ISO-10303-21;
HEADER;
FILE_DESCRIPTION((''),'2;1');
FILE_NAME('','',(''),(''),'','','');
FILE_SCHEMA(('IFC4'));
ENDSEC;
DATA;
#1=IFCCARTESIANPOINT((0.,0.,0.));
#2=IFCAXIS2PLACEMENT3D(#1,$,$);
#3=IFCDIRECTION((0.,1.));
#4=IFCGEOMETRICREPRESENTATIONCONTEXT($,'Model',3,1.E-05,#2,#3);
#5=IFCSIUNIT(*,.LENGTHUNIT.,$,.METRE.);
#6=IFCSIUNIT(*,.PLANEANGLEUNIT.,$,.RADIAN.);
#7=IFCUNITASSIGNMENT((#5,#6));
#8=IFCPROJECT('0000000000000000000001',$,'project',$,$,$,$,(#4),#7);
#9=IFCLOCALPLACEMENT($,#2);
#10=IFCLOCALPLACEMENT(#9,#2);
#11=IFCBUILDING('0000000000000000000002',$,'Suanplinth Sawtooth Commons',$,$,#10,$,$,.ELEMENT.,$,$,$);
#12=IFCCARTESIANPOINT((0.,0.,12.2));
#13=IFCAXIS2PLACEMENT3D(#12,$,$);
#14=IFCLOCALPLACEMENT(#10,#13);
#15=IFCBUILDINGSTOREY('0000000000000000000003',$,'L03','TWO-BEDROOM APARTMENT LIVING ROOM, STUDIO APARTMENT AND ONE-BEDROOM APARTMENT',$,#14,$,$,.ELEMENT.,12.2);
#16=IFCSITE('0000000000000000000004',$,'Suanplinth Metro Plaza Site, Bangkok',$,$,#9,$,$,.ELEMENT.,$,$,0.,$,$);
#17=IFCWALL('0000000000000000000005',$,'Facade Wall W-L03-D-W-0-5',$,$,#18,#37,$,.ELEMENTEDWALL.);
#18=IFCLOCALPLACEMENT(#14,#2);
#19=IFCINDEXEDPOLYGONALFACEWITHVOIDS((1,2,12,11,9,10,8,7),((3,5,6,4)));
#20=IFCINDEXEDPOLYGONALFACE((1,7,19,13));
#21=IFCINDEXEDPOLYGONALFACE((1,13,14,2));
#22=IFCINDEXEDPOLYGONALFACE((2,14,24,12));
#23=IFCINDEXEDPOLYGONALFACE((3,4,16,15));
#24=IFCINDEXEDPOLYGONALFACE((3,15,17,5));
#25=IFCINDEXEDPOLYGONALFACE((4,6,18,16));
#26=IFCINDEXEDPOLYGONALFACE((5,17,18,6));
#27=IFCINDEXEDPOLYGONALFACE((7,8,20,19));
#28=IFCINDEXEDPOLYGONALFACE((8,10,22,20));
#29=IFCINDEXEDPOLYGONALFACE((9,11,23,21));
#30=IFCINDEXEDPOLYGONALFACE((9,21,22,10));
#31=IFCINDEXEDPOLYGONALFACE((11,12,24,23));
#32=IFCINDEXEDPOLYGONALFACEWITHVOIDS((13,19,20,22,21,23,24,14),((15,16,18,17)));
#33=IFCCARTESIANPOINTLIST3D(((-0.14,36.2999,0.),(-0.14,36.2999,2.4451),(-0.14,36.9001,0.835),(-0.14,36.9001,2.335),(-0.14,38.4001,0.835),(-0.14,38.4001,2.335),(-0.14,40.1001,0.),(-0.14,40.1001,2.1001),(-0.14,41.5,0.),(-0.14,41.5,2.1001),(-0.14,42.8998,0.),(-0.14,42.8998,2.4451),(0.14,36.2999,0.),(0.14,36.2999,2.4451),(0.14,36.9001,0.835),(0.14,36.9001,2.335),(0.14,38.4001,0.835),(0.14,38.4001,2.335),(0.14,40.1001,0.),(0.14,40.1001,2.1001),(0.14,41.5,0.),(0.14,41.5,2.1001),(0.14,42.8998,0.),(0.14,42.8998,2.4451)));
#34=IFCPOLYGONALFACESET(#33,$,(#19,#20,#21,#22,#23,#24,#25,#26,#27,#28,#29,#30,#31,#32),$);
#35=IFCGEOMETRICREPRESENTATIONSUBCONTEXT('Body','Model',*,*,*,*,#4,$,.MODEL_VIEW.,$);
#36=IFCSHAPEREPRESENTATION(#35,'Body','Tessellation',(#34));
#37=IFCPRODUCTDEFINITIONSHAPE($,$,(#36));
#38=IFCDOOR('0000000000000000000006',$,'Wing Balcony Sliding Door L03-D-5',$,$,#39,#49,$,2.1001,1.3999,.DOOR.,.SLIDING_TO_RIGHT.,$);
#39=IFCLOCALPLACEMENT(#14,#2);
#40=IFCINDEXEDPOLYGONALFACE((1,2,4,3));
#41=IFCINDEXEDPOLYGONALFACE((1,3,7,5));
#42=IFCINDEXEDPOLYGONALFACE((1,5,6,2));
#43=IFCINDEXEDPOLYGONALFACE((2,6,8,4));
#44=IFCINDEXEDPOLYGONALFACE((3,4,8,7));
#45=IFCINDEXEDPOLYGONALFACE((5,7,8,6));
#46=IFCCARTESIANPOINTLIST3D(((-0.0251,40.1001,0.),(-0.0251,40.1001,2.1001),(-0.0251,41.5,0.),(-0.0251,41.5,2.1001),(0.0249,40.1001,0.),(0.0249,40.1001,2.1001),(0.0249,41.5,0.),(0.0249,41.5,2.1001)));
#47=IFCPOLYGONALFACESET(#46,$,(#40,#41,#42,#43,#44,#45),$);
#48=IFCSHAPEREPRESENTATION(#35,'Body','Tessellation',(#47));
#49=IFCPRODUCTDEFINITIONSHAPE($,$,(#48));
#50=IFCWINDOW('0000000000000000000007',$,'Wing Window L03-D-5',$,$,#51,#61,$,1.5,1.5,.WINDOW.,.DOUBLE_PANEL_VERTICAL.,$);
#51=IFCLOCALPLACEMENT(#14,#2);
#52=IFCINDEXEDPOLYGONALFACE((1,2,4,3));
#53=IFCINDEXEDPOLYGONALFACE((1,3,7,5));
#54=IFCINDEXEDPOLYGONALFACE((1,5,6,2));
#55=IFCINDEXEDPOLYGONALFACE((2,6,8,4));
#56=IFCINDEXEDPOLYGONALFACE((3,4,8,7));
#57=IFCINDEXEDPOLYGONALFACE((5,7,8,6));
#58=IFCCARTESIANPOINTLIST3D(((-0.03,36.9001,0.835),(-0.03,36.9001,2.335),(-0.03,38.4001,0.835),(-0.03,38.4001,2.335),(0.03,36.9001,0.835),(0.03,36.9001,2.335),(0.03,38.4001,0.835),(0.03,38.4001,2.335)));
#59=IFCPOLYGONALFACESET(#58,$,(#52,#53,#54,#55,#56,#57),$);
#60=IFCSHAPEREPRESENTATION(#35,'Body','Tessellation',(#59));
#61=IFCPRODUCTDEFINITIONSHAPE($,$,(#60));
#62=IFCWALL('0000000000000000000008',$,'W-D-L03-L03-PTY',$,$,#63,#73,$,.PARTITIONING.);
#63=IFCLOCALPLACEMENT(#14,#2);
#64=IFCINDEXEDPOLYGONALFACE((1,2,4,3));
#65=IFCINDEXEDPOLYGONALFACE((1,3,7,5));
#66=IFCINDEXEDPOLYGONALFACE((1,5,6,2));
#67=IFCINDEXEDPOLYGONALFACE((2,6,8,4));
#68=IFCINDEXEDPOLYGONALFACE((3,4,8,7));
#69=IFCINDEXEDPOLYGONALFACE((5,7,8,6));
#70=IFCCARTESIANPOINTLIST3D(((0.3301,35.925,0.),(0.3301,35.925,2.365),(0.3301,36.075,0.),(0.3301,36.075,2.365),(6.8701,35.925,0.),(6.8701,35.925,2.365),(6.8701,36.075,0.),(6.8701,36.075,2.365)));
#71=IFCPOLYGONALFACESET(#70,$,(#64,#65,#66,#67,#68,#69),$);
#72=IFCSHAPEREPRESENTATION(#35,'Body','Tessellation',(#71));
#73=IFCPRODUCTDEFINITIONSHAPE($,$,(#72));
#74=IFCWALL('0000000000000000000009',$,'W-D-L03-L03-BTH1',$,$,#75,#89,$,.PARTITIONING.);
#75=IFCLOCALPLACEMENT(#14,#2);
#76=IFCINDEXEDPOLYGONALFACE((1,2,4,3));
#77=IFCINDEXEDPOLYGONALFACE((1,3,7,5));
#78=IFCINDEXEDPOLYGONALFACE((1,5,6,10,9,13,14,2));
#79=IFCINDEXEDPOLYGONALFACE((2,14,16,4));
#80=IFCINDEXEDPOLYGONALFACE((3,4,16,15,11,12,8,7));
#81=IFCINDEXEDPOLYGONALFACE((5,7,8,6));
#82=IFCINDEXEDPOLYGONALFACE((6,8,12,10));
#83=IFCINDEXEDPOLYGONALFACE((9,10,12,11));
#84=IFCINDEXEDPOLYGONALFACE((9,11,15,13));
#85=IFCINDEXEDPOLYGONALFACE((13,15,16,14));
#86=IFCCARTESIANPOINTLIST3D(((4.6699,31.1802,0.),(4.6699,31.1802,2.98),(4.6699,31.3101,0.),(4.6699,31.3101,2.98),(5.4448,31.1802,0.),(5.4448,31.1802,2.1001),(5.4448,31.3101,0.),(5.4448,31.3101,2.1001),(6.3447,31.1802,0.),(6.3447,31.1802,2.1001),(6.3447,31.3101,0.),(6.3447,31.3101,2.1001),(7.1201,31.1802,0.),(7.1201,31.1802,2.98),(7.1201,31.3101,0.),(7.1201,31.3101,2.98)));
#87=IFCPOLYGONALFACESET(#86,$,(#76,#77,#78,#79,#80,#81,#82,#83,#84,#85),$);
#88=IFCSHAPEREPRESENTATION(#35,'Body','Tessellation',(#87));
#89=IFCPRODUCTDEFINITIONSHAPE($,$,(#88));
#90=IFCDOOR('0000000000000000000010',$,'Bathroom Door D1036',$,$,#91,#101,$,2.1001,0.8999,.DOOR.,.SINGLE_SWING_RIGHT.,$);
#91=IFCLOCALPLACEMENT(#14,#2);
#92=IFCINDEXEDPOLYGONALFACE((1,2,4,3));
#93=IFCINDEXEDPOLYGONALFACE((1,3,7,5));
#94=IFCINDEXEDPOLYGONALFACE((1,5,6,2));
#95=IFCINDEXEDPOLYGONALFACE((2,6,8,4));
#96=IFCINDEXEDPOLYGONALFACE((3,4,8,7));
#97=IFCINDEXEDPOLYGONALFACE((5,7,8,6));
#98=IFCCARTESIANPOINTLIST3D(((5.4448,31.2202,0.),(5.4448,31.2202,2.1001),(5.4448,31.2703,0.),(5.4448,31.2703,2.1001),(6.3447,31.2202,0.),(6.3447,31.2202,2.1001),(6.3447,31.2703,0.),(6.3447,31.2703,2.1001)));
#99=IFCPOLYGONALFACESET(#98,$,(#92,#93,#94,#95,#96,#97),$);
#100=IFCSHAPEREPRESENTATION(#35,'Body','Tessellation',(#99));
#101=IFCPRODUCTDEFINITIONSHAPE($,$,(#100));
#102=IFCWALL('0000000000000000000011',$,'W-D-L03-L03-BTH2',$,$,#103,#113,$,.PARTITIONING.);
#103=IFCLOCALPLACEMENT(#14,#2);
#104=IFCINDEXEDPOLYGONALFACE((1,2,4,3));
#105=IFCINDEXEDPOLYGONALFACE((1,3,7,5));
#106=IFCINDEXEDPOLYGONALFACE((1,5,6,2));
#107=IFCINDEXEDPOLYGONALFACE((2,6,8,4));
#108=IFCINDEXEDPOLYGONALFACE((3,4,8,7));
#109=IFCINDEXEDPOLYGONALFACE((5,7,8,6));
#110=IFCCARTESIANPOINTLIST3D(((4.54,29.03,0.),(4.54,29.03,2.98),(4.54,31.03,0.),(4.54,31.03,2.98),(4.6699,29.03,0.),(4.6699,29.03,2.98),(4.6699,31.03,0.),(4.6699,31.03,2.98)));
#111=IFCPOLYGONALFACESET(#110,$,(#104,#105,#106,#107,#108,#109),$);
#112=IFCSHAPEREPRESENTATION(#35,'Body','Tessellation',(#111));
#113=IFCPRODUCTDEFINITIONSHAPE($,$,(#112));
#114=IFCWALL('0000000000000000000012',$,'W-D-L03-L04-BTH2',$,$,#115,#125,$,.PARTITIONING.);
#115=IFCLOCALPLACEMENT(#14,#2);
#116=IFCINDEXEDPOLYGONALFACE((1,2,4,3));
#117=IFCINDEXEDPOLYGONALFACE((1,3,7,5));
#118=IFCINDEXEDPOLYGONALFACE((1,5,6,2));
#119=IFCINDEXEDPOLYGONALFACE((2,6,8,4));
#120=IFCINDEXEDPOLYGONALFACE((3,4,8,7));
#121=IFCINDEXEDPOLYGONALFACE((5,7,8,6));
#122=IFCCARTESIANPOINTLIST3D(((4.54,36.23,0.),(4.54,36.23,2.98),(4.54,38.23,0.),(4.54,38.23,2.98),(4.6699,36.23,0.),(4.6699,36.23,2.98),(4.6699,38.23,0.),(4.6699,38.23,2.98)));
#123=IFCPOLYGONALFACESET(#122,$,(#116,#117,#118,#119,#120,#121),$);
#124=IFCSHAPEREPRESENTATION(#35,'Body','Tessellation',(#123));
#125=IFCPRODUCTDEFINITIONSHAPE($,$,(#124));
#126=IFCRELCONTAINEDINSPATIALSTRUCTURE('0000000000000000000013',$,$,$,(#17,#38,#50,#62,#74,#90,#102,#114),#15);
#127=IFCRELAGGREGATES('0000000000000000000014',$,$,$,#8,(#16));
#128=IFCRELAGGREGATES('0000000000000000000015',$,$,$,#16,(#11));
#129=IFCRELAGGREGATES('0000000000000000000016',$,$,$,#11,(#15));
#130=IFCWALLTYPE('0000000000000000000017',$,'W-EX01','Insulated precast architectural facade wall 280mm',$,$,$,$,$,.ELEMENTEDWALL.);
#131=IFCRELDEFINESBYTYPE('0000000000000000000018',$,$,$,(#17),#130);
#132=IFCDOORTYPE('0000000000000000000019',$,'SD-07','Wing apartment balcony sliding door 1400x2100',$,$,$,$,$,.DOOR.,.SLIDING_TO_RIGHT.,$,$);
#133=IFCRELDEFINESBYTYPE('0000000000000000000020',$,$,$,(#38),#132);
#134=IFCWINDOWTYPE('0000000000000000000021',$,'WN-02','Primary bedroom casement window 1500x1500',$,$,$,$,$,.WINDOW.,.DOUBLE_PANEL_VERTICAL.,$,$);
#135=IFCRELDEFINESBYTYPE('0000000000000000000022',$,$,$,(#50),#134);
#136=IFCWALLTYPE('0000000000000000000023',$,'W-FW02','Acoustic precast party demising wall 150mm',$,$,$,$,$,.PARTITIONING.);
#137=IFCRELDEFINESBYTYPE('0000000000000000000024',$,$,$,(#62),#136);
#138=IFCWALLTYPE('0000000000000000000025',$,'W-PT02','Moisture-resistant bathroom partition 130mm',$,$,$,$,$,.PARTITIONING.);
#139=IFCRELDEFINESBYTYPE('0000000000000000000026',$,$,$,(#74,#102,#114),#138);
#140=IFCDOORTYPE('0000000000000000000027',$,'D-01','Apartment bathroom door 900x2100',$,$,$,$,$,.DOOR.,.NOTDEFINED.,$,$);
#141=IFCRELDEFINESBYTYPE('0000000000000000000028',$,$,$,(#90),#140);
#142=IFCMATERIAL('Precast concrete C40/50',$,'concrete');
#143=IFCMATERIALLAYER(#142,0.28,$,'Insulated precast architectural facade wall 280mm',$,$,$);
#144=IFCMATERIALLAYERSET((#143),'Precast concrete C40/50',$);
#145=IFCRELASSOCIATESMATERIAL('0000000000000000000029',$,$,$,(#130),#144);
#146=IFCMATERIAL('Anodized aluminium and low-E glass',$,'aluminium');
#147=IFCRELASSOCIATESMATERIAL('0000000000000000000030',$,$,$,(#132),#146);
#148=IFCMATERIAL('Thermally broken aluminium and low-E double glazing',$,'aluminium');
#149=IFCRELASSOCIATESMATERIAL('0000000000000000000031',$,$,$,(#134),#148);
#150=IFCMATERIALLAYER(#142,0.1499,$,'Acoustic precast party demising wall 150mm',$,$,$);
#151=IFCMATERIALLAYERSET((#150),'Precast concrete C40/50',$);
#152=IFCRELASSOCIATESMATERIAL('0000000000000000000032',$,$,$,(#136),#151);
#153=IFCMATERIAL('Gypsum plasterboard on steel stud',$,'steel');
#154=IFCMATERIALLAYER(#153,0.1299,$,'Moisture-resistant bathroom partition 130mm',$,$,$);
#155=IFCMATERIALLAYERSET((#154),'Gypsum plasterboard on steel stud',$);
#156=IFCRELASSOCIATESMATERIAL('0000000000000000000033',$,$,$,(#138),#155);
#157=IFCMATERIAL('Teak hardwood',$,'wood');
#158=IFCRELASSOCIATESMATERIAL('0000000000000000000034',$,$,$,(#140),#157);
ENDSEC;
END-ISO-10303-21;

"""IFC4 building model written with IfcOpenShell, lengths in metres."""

from ifc_helpers import new_model, si_unit, direction, frame, frame_2d, origin, place, context, subcontext, project, spatial, rectangle, extrude, material, layer, layer_set, type_object, element, fill, save


model = new_model("IFC4")

# Units and contexts
model_context = context("Model", 3, precision=1e-05, world=origin(), true_north=direction((0.0, 1.0)))
body_context = subcontext(model_context, "Body", "Model", "MODEL_VIEW")
ifc_project = project(units=[si_unit("LENGTHUNIT", "METRE"), si_unit("PLANEANGLEUNIT", "RADIAN")], contexts=[model_context])

# Site, building, storey
site_placement = place(None, origin())
site = spatial("IfcSite", under=ifc_project, at=site_placement, Name="Suanplinth Metro Plaza Site, Bangkok", CompositionType="ELEMENT", RefElevation=0.0)
building_placement = place(site_placement, origin())
building = spatial("IfcBuilding", under=site, at=building_placement, Name="Suanplinth Sawtooth Commons", CompositionType="ELEMENT")
storey_placement = place(building_placement, frame((0.0, 0.0, 12.2)))
storey = spatial("IfcBuildingStorey", under=building, at=storey_placement, Name="L03", Description="TWO-BEDROOM APARTMENT LIVING ROOM, STUDIO APARTMENT AND ONE-BEDROOM APARTMENT", CompositionType="ELEMENT", Elevation=12.2)

# Shared definitions
ifc_material_1 = material(Name="Precast concrete C40/50", Category="concrete")

# Wall, openings, door, window
ifc_layer_1 = layer(ifc_material_1, 0.28, Name="Insulated precast architectural facade wall 280mm")
ifc_layer_set_1 = layer_set([ifc_layer_1], Name="Precast concrete C40/50")
wall_type_1 = type_object("IfcWallType", Name="W-EX01", Description="Insulated precast architectural facade wall 280mm", PredefinedType="ELEMENTEDWALL", material=ifc_layer_set_1)
ifc_material_2 = material(Name="Anodized aluminium and low-E glass", Category="aluminium")
door_type_1 = type_object("IfcDoorType", Name="SD-07", Description="Wing apartment balcony sliding door 1400x2100", OperationType="SLIDING_TO_RIGHT", PredefinedType="DOOR", material=ifc_material_2)
ifc_material_3 = material(Name="Thermally broken aluminium and low-E double glazing", Category="aluminium")
window_type = type_object("IfcWindowType", Name="WN-02", Description="Primary bedroom casement window 1500x1500", PartitioningType="DOUBLE_PANEL_VERTICAL", PredefinedType="WINDOW", material=ifc_material_3)
wall_1_placement = place(storey_placement, frame((0.0, 36.3, 0.0), z_axis=(0.0, 0.0, 1.0), x_axis=(0.0, 1.0, 0.0)))
wall_1 = element("IfcWall", 1, at=wall_1_placement, inside=storey, type_object=wall_type_1, Name="Facade Wall W-L03-D-W-0-5", PredefinedType="ELEMENTEDWALL", context=body_context, shape_type="SweptSolid", body=[
    extrude(rectangle(XDim=6.5999, YDim=0.28, at=frame_2d((3.2998, 0.0))), origin(), (0.0, 0.0, 1.0), 2.4451),
])
opening_1_placement = place(wall_1_placement, frame((3.8, 0.0, 0.0)))
opening_1 = element("IfcOpeningElement", 2, at=opening_1_placement, cuts=wall_1, PredefinedType="OPENING", context=body_context, shape_type="SweptSolid", body=[
    extrude(rectangle(XDim=1.3999, YDim=2.1001, at=frame_2d((0.7, 1.05))), frame((0.0, 0.1548, 0.0), z_axis=(0.0, -1.0, 0.0), x_axis=(1.0, 0.0, 0.0)), (0.0, 0.0, 1.0), 0.3098),
])
opening_2_placement = place(wall_1_placement, frame((0.6001, 0.0, 0.835)))
opening_2 = element("IfcOpeningElement", 3, at=opening_2_placement, cuts=wall_1, PredefinedType="OPENING", context=body_context, shape_type="SweptSolid", body=[
    extrude(rectangle(XDim=1.5, YDim=1.5, at=frame_2d((0.75, 0.75))), frame((0.0, 0.1548, 0.0), z_axis=(0.0, -1.0, 0.0), x_axis=(1.0, 0.0, 0.0)), (0.0, 0.0, 1.0), 0.3098),
])
door_1_placement = place(opening_1_placement, frame((1.3999, 0.0, 0.0), z_axis=(0.0, 0.0, 1.0), x_axis=(-1.0, 0.0, 0.0)))
door_1 = element("IfcDoor", 4, at=door_1_placement, inside=storey, type_object=door_type_1, Name="Wing Balcony Sliding Door L03-D-5", OperationType="SLIDING_TO_RIGHT", OverallHeight=2.1001, OverallWidth=1.3999, PredefinedType="DOOR", context=body_context, shape_type="SweptSolid", body=[
    extrude(rectangle(XDim=1.3999, YDim=2.1001, at=frame_2d((0.7, 1.05))), frame((0.0, 0.0249, 0.0), z_axis=(0.0, -1.0, 0.0), x_axis=(1.0, 0.0, 0.0)), (0.0, 0.0, 1.0), 0.05),
])
fill(opening_1, door_1)
window_1_placement = place(opening_2_placement, origin())
window_1 = element("IfcWindow", 5, at=window_1_placement, inside=storey, type_object=window_type, Name="Wing Window L03-D-5", OverallHeight=1.5, OverallWidth=1.5, PartitioningType="DOUBLE_PANEL_VERTICAL", PredefinedType="WINDOW", context=body_context, shape_type="SweptSolid", body=[
    extrude(rectangle(XDim=1.5, YDim=1.5, at=frame_2d((0.75, 0.75))), frame((0.0, 0.03, 0.0), z_axis=(0.0, -1.0, 0.0), x_axis=(1.0, 0.0, 0.0)), (0.0, 0.0, 1.0), 0.0601),
])
fill(opening_2, window_1)

# Wall
ifc_layer_2 = layer(ifc_material_1, 0.1499, Name="Acoustic precast party demising wall 150mm")
ifc_layer_set_2 = layer_set([ifc_layer_2], Name="Precast concrete C40/50")
wall_type_2 = type_object("IfcWallType", Name="W-FW02", Description="Acoustic precast party demising wall 150mm", PredefinedType="PARTITIONING", material=ifc_layer_set_2)
wall_2_placement = place(storey_placement, frame((0.3301, 36.0, 0.0), z_axis=(0.0, 0.0, 1.0), x_axis=(1.0, 0.0, 0.0)))
element("IfcWall", 6, at=wall_2_placement, inside=storey, type_object=wall_type_2, Name="W-D-L03-L03-PTY", PredefinedType="PARTITIONING", context=body_context, shape_type="SweptSolid", body=[
    extrude(rectangle(XDim=6.54, YDim=0.1499, at=frame_2d((3.27, 0.0))), origin(), (0.0, 0.0, 1.0), 2.365),
])

# Wall, opening, door
ifc_material_4 = material(Name="Gypsum plasterboard on steel stud", Category="steel")
ifc_layer_3 = layer(ifc_material_4, 0.1299, Name="Moisture-resistant bathroom partition 130mm")
ifc_layer_set_3 = layer_set([ifc_layer_3], Name="Gypsum plasterboard on steel stud")
wall_type_3 = type_object("IfcWallType", Name="W-PT02", Description="Moisture-resistant bathroom partition 130mm", PredefinedType="PARTITIONING", material=ifc_layer_set_3)
wall_3_placement = place(storey_placement, frame((4.6699, 31.2451, 0.0), z_axis=(0.0, 0.0, 1.0), x_axis=(1.0, 0.0, 0.0)))
wall_3 = element("IfcWall", 7, at=wall_3_placement, inside=storey, type_object=wall_type_3, Name="W-D-L03-L03-BTH1", PredefinedType="PARTITIONING", context=body_context, shape_type="SweptSolid", body=[
    extrude(rectangle(XDim=2.4502, YDim=0.1299, at=frame_2d((1.2251, 0.0))), origin(), (0.0, 0.0, 1.0), 2.98),
])
opening_3_placement = place(wall_3_placement, frame((0.7749, 0.0, 0.0)))
opening_3 = element("IfcOpeningElement", 8, at=opening_3_placement, cuts=wall_3, PredefinedType="OPENING", context=body_context, shape_type="SweptSolid", body=[
    extrude(rectangle(XDim=0.8999, YDim=2.1001, at=frame_2d((0.45, 1.05))), frame((0.0, 0.0798, 0.0), z_axis=(0.0, -1.0, 0.0), x_axis=(1.0, 0.0, 0.0)), (0.0, 0.0, 1.0), 0.1597),
])
ifc_material_5 = material(Name="Teak hardwood", Category="wood")
door_type_2 = type_object("IfcDoorType", Name="D-01", Description="Apartment bathroom door 900x2100", OperationType="NOTDEFINED", PredefinedType="DOOR", material=ifc_material_5)
door_2_placement = place(opening_3_placement, frame((0.8999, 0.0, 0.0), z_axis=(0.0, 0.0, 1.0), x_axis=(-1.0, 0.0, 0.0)))
door_2 = element("IfcDoor", 9, at=door_2_placement, inside=storey, type_object=door_type_2, Name="Bathroom Door D1036", OperationType="SINGLE_SWING_RIGHT", OverallHeight=2.1001, OverallWidth=0.8999, PredefinedType="DOOR", context=body_context, shape_type="SweptSolid", body=[
    extrude(rectangle(XDim=0.8999, YDim=2.1001, at=frame_2d((0.45, 1.05))), frame((0.0, 0.0249, 0.0), z_axis=(0.0, -1.0, 0.0), x_axis=(1.0, 0.0, 0.0)), (0.0, 0.0, 1.0), 0.05),
])
fill(opening_3, door_2)

# Walls
for number, where, z_axis, x_axis, name in (
    (10, (4.605, 29.03, 0.0), (0.0, 0.0, 1.0), (0.0, 1.0, 0.0), "W-D-L03-L03-BTH2"),
    (11, (4.605, 36.23, 0.0), (0.0, 0.0, 1.0), (0.0, 1.0, 0.0), "W-D-L03-L04-BTH2"),
):
    element("IfcWall", number, at=place(storey_placement, frame(where, z_axis=z_axis, x_axis=x_axis)), inside=storey, type_object=wall_type_3, Name=name, PredefinedType="PARTITIONING", context=body_context, shape_type="SweptSolid", body=[
        extrude(rectangle(XDim=2.0, YDim=0.1299, at=frame_2d((1.0, 0.0))), origin(), (0.0, 0.0, 1.0), 2.98),
    ])

save(model, "model.ifc")
